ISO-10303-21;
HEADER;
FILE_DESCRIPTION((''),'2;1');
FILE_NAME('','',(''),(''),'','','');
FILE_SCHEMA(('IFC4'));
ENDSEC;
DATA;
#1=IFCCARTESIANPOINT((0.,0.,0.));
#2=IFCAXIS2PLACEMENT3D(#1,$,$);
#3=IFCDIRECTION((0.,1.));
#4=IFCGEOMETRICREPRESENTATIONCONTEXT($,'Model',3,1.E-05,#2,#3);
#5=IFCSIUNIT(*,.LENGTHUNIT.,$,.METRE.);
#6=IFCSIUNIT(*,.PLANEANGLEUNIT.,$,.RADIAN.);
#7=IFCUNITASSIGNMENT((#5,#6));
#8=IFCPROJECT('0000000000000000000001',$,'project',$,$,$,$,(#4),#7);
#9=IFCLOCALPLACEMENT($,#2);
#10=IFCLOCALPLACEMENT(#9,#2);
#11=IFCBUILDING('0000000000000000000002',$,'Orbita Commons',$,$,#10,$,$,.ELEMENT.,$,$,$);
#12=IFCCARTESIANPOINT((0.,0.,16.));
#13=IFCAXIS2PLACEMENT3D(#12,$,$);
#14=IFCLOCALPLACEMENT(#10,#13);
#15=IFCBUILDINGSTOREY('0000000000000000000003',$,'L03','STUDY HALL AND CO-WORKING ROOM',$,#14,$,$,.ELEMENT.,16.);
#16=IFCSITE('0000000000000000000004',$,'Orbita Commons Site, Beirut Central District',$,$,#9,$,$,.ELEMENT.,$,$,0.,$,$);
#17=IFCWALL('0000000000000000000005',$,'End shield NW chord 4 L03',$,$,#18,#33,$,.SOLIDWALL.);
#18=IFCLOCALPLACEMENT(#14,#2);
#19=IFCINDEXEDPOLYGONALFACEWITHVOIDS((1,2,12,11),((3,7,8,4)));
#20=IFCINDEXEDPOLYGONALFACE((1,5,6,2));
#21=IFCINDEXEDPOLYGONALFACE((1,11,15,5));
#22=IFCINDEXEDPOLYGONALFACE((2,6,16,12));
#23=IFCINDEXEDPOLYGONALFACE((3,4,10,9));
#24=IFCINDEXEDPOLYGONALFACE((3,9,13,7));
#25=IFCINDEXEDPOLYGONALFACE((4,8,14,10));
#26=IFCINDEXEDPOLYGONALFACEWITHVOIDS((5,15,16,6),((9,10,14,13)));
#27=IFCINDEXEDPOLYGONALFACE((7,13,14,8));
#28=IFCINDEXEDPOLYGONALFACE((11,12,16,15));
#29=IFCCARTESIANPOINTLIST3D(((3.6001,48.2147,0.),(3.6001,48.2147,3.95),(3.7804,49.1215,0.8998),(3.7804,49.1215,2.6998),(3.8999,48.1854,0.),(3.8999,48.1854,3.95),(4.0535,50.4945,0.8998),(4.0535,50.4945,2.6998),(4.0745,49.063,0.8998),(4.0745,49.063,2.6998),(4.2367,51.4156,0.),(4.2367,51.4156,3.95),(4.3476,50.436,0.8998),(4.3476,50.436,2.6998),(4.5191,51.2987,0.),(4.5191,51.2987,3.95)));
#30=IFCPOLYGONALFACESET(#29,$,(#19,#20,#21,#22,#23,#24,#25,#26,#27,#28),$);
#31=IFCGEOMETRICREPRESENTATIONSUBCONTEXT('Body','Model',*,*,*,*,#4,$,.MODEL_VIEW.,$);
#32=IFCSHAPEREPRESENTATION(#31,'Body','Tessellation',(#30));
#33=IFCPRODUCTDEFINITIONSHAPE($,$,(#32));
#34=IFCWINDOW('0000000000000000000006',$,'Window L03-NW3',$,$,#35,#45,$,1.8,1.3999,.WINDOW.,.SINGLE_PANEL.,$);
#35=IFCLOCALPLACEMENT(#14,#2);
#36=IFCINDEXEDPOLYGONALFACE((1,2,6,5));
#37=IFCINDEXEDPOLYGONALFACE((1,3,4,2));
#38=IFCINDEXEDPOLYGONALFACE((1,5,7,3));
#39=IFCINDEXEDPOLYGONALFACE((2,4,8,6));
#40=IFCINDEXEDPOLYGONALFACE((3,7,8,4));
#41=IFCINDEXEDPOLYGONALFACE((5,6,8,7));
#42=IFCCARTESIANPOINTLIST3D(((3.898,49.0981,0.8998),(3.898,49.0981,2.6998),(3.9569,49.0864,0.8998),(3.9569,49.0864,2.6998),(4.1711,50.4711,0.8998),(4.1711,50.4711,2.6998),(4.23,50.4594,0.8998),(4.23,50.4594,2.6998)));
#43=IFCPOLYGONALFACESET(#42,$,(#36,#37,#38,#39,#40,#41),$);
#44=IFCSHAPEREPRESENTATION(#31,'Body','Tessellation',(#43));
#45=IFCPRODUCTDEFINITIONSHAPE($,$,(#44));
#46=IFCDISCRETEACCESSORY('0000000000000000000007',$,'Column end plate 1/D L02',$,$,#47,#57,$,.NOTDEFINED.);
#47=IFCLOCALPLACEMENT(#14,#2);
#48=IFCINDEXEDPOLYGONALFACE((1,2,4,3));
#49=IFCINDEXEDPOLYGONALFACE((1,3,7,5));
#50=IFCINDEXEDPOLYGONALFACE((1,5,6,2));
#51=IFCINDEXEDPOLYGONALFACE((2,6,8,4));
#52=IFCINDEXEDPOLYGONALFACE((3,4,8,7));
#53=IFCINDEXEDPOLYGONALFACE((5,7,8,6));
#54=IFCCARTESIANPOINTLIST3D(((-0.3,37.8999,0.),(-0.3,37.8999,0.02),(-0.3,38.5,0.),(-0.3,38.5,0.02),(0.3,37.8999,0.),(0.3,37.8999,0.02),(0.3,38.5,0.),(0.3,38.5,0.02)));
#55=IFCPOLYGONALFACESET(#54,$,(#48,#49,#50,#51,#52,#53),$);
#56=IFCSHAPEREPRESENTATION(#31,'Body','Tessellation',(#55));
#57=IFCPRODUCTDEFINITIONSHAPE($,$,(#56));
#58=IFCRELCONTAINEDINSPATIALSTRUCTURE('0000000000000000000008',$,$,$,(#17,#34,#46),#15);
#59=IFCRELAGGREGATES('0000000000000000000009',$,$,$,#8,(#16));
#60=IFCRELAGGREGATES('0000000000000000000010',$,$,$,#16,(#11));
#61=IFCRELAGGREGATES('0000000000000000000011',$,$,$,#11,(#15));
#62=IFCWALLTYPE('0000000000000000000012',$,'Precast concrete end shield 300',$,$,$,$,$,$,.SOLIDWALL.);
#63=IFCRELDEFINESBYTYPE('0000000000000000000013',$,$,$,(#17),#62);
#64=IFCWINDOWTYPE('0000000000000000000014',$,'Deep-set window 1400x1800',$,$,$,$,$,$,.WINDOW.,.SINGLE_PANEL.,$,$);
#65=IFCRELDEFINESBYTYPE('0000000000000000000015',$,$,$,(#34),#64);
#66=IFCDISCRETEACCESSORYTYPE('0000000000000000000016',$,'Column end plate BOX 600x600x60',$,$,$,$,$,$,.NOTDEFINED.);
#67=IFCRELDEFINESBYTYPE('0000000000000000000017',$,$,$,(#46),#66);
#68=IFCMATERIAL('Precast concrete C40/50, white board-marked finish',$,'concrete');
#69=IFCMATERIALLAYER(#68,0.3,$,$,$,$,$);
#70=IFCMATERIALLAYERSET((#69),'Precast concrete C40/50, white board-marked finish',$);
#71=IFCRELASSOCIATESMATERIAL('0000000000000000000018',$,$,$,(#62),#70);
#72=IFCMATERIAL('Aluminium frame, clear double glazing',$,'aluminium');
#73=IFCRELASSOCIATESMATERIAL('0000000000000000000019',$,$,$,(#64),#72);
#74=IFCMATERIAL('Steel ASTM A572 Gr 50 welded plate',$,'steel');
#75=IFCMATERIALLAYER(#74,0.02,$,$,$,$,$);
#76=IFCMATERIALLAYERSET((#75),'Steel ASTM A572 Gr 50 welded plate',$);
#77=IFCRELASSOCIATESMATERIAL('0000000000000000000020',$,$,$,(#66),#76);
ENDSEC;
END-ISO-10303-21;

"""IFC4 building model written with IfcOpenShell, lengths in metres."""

from ifc_helpers import new_model, si_unit, direction, frame, frame_2d, origin, origin_2d, place, context, subcontext, project, spatial, polyline, rectangle, outline, extrude, material, layer, layer_set, type_object, element, fill, save


model = new_model("IFC4")

# Units and contexts
model_context = context("Model", 3, precision=1e-05, world=origin(), true_north=direction((0.0, 1.0)))
body_context = subcontext(model_context, "Body", "Model", "MODEL_VIEW")
ifc_project = project(units=[si_unit("LENGTHUNIT", "METRE"), si_unit("PLANEANGLEUNIT", "RADIAN")], contexts=[model_context])

# Site, building, storey
site_placement = place(None, origin())
site = spatial("IfcSite", under=ifc_project, at=site_placement, Name="Orbita Commons Site, Beirut Central District", CompositionType="ELEMENT", RefElevation=0.0)
building_placement = place(site_placement, origin())
building = spatial("IfcBuilding", under=site, at=building_placement, Name="Orbita Commons", CompositionType="ELEMENT")
storey_placement = place(building_placement, frame((0.0, 0.0, 16.0)))
storey = spatial("IfcBuildingStorey", under=building, at=storey_placement, Name="L03", Description="STUDY HALL AND CO-WORKING ROOM", CompositionType="ELEMENT", Elevation=16.0)

# Shared definitions
ifc_material_1 = material(Name="Precast concrete C40/50, white board-marked finish", Category="concrete")
ifc_layer_1 = layer(ifc_material_1, 0.3)
ifc_layer_set_1 = layer_set([ifc_layer_1], Name="Precast concrete C40/50, white board-marked finish")
wall_type_1 = type_object("IfcWallType", Name="Precast concrete end shield 300", PredefinedType="SOLIDWALL", material=ifc_layer_set_1)

# Wall, opening, window
wall_1_placement = place(storey_placement, frame((4.3779, 51.3572, 0.0), z_axis=(0.0, 0.0, 1.0), x_axis=(-0.195066, -0.98079, 0.0)))
wall_1 = element("IfcWall", 1, at=wall_1_placement, inside=storey, type_object=wall_type_1, Name="End shield NW chord 4 L03", PredefinedType="SOLIDWALL", context=body_context, shape_type="SweptSolid", body=[
    extrude(outline(polyline([(-0.0298, -0.1499), (3.2339, -0.1499), (3.2041, 0.1499), (0.0298, 0.1499), (-0.0298, -0.1499)])), origin(), (0.0, 0.0, 1.0), 3.95),
])
opening_1_placement = place(wall_1_placement, frame((0.9094, 0.0, 0.8999)))
opening_1 = element("IfcOpeningElement", 2, at=opening_1_placement, cuts=wall_1, PredefinedType="OPENING", context=body_context, shape_type="SweptSolid", body=[
    extrude(rectangle(XDim=1.3999, YDim=1.8, at=frame_2d((0.7, 0.8999))), frame((0.0, 0.1599, 0.0), z_axis=(0.0, -1.0, 0.0), x_axis=(1.0, 0.0, 0.0)), (0.0, 0.0, 1.0), 0.3201),
])
ifc_material_2 = material(Name="Aluminium frame, clear double glazing", Category="aluminium")
window_type_1 = type_object("IfcWindowType", Name="Deep-set window 1400x1800", PartitioningType="SINGLE_PANEL", PredefinedType="WINDOW", material=ifc_material_2)
window_1_placement = place(opening_1_placement, origin())
window_1 = element("IfcWindow", 3, at=window_1_placement, inside=storey, type_object=window_type_1, Name="Window L03-NW3", OverallHeight=1.8, OverallWidth=1.3999, PartitioningType="SINGLE_PANEL", PredefinedType="WINDOW", context=body_context, shape_type="SweptSolid", body=[
    extrude(rectangle(XDim=1.3999, YDim=1.8, at=frame_2d((0.7, 0.8999))), frame((0.0, 0.03, 0.0), z_axis=(0.0, -1.0, 0.0), x_axis=(1.0, 0.0, 0.0)), (0.0, 0.0, 1.0), 0.0601),
])
fill(opening_1, window_1)

# Discrete accessory
ifc_material_3 = material(Name="Steel ASTM A572 Gr 50 welded plate", Category="steel")
ifc_layer_2 = layer(ifc_material_3, 0.02)
ifc_layer_set_2 = layer_set([ifc_layer_2], Name="Steel ASTM A572 Gr 50 welded plate")
discrete_accessory_type = type_object("IfcDiscreteAccessoryType", Name="Column end plate BOX 600x600x60", PredefinedType="NOTDEFINED", material=ifc_layer_set_2)
discrete_accessory_placement = place(storey_placement, frame((0.0, 38.2, 0.0), z_axis=(0.0, 0.0, 1.0), x_axis=(1.0, 0.0, 0.0)))
element("IfcDiscreteAccessory", 4, at=discrete_accessory_placement, inside=storey, type_object=discrete_accessory_type, Name="Column end plate 1/D L02", PredefinedType="NOTDEFINED", context=body_context, shape_type="SweptSolid", body=[
    extrude(rectangle(XDim=0.6001, YDim=0.6001, at=origin_2d()), origin(), (0.0, 0.0, 1.0), 0.02),
])

save(model, "model.ifc")
